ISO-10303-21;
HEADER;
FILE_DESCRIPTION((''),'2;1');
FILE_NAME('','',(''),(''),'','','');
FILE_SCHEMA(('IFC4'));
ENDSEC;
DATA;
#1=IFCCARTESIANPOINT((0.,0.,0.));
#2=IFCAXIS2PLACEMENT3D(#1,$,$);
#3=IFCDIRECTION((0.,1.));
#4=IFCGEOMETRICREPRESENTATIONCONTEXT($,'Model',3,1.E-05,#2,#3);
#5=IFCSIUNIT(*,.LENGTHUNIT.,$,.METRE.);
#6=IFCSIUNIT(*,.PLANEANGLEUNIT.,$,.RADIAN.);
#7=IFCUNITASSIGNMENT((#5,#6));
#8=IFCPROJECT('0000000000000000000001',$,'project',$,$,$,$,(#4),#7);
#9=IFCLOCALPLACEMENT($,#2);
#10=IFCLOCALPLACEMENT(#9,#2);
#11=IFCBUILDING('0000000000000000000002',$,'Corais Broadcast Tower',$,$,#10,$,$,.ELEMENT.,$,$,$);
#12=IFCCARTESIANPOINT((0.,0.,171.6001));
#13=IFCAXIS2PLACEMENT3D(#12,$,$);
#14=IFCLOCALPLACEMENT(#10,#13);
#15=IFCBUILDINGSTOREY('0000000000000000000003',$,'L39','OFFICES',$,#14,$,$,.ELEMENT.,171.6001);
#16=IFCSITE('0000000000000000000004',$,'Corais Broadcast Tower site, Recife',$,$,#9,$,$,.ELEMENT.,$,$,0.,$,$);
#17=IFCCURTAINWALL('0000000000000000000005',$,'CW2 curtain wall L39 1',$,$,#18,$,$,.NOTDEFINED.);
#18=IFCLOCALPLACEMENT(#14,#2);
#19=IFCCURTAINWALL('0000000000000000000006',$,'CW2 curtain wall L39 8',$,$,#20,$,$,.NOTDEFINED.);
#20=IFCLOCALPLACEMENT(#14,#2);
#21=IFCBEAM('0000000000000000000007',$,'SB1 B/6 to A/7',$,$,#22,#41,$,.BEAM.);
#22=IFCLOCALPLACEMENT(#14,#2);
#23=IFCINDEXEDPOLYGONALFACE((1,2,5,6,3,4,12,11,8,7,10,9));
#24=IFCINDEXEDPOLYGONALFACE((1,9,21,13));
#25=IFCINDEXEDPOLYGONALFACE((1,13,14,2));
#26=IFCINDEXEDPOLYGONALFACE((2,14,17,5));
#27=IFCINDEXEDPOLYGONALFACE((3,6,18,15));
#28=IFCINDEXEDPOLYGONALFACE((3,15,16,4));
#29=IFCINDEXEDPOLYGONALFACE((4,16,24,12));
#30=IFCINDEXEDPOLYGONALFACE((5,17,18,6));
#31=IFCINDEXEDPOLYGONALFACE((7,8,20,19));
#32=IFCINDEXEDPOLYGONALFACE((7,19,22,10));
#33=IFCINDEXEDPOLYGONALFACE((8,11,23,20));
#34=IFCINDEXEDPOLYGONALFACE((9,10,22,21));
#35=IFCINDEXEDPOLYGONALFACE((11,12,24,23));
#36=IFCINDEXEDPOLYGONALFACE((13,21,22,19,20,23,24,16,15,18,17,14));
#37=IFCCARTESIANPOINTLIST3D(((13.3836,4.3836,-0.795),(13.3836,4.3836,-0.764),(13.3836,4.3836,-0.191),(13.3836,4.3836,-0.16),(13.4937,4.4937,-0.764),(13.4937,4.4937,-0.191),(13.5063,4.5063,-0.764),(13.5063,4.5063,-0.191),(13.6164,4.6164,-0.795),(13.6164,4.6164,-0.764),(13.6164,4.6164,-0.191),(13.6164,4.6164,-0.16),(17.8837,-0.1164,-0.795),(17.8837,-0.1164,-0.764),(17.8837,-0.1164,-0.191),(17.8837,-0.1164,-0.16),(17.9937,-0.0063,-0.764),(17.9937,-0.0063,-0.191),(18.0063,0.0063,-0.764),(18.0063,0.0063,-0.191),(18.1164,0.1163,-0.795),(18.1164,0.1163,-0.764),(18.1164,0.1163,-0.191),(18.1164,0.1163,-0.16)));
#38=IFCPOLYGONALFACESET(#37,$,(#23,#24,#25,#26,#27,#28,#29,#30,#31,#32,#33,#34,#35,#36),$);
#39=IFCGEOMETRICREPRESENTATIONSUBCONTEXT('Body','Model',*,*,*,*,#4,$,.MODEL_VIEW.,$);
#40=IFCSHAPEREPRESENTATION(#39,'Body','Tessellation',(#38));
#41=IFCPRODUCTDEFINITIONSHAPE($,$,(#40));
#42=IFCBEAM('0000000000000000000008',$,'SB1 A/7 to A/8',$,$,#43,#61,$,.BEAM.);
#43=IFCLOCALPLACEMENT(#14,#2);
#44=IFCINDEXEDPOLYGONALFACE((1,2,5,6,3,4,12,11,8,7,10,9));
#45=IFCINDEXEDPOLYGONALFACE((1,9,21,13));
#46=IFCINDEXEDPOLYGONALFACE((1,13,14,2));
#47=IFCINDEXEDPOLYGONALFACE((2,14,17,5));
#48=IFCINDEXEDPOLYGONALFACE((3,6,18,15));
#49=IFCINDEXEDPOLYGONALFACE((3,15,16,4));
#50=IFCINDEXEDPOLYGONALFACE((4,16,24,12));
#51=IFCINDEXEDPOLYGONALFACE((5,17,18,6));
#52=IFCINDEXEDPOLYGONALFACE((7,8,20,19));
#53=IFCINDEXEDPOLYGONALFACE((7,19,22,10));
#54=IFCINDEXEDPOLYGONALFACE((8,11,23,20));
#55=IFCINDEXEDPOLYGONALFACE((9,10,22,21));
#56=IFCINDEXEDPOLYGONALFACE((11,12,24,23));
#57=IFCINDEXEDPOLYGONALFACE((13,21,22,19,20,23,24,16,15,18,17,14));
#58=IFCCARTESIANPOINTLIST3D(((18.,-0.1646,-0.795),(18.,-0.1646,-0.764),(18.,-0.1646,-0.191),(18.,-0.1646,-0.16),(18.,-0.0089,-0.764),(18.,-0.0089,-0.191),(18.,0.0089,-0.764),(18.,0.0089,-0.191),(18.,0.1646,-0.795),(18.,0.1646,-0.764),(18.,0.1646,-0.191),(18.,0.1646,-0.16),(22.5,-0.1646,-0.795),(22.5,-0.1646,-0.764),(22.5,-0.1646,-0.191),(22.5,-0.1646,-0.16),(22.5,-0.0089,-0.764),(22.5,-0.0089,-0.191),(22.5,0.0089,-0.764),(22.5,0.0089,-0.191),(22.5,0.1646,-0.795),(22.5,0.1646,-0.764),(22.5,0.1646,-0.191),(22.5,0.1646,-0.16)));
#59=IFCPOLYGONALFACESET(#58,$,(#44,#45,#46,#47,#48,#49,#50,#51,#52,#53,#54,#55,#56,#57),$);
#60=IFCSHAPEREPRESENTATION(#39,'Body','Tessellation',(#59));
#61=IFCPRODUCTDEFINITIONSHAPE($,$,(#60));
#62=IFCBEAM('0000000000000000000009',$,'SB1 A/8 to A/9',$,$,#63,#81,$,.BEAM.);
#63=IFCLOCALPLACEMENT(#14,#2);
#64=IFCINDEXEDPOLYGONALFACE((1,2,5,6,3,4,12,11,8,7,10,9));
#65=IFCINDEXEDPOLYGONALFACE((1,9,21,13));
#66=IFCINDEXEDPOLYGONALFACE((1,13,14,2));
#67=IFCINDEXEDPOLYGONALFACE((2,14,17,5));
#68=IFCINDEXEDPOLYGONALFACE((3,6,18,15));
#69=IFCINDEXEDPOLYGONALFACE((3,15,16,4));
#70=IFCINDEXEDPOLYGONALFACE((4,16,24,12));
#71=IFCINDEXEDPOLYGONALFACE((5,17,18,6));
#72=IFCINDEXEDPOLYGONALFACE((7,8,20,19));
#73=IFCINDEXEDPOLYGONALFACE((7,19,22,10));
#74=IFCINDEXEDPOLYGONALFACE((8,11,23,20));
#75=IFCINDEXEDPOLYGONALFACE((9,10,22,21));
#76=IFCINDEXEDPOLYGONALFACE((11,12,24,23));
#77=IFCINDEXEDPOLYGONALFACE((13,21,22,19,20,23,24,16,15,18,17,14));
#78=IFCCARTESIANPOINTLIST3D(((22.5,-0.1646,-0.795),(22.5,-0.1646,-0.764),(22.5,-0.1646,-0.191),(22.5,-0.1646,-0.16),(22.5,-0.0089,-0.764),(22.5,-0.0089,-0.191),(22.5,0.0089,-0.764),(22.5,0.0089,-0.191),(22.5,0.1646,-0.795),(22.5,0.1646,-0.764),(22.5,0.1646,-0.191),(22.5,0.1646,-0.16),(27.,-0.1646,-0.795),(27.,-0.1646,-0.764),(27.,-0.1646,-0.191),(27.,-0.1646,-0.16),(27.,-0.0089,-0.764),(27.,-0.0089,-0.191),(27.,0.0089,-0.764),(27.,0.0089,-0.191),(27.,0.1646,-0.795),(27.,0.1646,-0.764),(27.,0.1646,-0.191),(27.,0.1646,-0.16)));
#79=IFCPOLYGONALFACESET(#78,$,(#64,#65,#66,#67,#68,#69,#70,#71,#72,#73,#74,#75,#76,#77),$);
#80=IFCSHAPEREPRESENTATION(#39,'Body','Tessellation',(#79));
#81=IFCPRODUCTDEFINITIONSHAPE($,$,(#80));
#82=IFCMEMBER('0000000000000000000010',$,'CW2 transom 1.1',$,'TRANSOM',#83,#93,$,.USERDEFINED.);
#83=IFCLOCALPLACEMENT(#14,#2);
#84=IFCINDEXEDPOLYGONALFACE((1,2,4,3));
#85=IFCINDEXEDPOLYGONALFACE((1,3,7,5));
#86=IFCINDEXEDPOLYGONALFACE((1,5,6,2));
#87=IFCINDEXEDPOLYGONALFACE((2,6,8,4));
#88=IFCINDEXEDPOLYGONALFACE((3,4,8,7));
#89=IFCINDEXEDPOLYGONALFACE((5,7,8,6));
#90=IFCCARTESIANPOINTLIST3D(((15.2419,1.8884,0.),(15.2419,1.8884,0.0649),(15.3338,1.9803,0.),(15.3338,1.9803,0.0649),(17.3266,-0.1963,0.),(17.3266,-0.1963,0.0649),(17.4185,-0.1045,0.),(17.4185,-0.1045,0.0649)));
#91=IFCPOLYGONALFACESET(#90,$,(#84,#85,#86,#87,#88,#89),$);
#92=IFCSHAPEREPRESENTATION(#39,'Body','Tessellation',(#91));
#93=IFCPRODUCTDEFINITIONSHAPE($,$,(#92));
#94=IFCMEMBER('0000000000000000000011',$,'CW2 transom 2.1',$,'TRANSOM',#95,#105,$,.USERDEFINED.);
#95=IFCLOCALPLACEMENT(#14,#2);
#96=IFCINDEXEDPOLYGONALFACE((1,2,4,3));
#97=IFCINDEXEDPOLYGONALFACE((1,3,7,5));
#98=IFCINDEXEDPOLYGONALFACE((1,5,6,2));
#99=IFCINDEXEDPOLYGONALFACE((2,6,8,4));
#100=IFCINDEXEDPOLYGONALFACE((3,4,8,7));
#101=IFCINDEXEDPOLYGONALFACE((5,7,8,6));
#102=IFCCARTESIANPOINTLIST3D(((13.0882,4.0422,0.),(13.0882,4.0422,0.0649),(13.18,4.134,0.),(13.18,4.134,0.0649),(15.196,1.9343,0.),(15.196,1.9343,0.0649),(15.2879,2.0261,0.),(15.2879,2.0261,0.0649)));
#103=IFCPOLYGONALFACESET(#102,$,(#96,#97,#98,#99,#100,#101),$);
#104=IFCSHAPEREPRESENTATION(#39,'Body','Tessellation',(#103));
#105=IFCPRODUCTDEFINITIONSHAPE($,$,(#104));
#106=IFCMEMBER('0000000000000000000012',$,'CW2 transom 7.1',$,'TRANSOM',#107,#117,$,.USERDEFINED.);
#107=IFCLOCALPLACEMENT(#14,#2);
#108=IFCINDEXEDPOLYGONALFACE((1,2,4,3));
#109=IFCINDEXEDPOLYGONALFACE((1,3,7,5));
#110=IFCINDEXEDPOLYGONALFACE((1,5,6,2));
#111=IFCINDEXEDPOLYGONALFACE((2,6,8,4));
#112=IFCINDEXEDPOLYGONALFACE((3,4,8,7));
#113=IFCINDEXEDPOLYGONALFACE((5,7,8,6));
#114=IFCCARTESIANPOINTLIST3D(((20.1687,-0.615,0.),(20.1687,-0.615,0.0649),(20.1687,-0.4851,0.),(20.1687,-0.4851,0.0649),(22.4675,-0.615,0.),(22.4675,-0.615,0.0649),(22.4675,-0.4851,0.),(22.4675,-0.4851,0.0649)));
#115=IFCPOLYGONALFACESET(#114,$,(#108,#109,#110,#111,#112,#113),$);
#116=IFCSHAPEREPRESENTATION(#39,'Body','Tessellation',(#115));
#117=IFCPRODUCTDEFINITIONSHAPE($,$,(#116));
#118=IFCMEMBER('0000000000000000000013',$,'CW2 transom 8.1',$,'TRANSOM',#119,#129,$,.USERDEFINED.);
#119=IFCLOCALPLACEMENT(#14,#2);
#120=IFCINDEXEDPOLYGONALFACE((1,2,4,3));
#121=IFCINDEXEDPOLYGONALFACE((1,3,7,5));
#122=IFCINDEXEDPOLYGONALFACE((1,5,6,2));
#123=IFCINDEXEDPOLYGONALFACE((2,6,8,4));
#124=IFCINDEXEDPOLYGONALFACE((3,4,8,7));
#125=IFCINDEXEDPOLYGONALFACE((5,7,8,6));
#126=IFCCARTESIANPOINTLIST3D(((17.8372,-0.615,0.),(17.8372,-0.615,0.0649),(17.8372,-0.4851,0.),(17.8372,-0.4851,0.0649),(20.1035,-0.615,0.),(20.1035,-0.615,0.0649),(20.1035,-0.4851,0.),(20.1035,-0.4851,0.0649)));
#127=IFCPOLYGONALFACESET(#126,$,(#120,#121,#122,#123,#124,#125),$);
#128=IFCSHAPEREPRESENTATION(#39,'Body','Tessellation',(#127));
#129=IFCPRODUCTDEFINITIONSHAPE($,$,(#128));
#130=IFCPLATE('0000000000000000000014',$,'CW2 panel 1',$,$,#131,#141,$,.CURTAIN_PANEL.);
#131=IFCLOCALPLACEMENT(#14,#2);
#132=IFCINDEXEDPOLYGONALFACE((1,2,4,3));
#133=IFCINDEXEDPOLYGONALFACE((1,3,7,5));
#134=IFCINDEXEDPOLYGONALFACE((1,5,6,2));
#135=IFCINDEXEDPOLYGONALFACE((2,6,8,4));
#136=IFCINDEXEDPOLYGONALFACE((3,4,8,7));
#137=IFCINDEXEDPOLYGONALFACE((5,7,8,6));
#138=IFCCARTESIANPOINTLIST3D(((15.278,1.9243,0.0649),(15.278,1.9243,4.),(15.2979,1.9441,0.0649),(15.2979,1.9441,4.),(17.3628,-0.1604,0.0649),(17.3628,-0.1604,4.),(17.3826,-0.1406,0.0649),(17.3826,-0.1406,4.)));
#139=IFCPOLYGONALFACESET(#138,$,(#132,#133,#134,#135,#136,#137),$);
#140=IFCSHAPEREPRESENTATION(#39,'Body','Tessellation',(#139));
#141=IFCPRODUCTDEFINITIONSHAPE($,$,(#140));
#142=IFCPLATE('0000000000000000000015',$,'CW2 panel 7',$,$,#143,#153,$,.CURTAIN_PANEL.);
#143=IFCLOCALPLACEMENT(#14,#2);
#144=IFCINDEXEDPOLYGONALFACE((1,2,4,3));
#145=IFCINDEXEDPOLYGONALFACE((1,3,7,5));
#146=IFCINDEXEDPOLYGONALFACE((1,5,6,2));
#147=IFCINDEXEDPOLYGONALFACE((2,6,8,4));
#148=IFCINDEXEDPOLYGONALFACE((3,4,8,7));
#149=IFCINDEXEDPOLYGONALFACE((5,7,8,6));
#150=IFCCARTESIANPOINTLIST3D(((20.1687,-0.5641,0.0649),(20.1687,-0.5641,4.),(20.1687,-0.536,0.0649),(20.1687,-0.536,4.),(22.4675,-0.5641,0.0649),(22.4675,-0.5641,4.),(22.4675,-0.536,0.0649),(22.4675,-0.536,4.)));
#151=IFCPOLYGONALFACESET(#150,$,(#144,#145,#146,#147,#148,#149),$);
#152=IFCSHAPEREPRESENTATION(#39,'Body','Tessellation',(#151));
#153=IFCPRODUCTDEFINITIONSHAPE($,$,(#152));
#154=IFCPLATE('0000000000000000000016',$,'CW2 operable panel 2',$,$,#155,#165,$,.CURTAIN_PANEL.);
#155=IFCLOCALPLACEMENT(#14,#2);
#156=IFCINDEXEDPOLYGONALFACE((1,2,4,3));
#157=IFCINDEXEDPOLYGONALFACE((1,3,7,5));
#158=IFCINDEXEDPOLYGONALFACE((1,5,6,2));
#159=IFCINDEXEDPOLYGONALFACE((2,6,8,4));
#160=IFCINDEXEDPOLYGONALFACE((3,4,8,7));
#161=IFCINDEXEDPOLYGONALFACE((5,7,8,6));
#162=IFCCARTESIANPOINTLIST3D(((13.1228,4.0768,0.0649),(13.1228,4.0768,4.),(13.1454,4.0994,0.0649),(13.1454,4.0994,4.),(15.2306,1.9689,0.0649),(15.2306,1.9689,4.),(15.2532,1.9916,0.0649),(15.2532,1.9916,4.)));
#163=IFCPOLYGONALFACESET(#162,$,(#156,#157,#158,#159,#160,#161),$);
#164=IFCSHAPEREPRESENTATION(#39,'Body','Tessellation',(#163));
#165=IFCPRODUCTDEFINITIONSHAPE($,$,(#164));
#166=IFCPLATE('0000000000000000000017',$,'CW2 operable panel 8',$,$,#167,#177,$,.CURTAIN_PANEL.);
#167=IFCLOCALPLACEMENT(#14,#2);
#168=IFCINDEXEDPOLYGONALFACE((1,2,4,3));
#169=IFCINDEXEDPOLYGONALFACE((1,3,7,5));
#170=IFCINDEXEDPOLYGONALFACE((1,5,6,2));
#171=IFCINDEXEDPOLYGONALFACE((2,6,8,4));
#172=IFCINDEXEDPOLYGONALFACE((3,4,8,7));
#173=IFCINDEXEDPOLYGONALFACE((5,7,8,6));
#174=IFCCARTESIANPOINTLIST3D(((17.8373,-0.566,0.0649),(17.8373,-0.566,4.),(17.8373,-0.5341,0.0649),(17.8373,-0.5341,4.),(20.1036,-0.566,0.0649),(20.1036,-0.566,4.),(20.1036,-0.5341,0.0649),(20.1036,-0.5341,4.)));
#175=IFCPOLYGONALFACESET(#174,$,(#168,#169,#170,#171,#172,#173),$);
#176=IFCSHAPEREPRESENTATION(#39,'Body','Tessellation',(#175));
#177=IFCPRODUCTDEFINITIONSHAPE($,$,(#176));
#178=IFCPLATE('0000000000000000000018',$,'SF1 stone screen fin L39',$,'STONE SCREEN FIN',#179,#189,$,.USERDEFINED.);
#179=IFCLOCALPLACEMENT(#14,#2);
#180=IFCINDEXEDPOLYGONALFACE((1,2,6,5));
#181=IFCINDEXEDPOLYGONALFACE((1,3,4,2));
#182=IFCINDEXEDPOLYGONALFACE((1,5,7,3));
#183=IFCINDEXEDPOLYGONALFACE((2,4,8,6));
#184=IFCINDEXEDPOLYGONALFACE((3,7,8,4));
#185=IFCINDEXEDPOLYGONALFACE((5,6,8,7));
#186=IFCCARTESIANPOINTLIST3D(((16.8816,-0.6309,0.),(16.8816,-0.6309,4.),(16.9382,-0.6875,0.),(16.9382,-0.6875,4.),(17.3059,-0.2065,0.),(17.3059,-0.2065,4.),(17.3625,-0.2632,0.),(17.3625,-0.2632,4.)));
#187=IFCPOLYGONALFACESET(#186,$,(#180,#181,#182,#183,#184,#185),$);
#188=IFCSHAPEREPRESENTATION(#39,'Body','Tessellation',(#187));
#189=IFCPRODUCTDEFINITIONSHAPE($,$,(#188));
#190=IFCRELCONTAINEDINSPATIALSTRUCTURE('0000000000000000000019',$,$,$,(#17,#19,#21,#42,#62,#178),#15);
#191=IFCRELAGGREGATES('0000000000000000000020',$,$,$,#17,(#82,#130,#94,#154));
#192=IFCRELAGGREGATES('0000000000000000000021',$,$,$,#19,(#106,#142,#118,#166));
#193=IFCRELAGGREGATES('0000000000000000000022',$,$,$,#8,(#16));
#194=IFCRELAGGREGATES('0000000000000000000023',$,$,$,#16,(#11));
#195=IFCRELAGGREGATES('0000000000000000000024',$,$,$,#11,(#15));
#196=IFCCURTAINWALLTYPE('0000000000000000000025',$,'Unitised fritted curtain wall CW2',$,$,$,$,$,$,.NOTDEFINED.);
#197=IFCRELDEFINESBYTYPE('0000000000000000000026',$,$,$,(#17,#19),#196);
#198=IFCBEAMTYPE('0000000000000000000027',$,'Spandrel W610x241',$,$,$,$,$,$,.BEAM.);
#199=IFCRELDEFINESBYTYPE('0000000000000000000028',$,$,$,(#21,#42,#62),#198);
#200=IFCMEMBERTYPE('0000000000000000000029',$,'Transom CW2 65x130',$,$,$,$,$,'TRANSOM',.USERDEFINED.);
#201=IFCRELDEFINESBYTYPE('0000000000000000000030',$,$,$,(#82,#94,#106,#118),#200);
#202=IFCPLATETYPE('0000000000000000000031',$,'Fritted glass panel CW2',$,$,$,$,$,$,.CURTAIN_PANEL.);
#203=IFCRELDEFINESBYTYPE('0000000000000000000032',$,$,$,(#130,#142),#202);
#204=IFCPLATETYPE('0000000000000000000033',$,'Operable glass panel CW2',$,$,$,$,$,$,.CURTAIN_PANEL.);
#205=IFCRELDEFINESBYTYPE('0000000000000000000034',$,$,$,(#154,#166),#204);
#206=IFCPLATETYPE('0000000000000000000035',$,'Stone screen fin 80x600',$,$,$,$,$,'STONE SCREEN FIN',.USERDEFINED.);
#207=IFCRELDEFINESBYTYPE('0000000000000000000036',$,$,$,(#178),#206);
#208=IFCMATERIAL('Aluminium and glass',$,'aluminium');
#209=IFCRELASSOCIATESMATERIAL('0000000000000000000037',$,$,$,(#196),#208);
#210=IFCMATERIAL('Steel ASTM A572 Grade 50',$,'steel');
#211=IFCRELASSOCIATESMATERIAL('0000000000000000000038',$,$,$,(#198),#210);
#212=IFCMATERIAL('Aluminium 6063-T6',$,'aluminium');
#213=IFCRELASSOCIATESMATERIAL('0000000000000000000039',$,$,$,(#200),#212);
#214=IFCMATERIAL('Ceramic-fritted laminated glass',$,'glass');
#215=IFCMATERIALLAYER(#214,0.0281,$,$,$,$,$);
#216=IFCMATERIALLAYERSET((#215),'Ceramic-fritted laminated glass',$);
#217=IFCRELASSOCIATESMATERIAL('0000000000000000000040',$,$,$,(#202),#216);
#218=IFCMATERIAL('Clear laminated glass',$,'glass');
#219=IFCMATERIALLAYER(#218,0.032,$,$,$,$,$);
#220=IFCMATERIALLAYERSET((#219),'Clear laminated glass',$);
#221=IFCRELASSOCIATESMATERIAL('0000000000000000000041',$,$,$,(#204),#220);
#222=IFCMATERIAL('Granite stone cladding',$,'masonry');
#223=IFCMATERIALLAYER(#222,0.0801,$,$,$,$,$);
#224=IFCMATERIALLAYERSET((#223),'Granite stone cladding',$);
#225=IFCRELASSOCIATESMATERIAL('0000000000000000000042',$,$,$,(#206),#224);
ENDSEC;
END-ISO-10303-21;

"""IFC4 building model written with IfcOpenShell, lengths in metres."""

from ifc_helpers import new_model, si_unit, direction, frame, origin, origin_2d, place, context, subcontext, project, spatial, rectangle, i_section, extrude, material, layer, layer_set, material_profile, profile_set, type_object, element, aggregate, save


model = new_model("IFC4")

# Units and contexts
model_context = context("Model", 3, precision=1e-05, world=origin(), true_north=direction((0.0, 1.0)))
body_context = subcontext(model_context, "Body", "Model", "MODEL_VIEW")
ifc_project = project(units=[si_unit("LENGTHUNIT", "METRE"), si_unit("PLANEANGLEUNIT", "RADIAN")], contexts=[model_context])

# Site, building, storey
site_placement = place(None, origin())
site = spatial("IfcSite", under=ifc_project, at=site_placement, Name="Corais Broadcast Tower site, Recife", CompositionType="ELEMENT", RefElevation=0.0)
building_placement = place(site_placement, origin())
building = spatial("IfcBuilding", under=site, at=building_placement, Name="Corais Broadcast Tower", CompositionType="ELEMENT")
storey_placement = place(building_placement, frame((0.0, 0.0, 171.6001)))
storey = spatial("IfcBuildingStorey", under=building, at=storey_placement, Name="L39", Description="OFFICES", CompositionType="ELEMENT", Elevation=171.6001)

# Curtain walls
ifc_material_1 = material(Name="Aluminium and glass", Category="aluminium")
curtain_wall_type = type_object("IfcCurtainWallType", Name="Unitised fritted curtain wall CW2", PredefinedType="NOTDEFINED", material=ifc_material_1)
curtain_wall_1_placement = place(storey_placement, origin())
curtain_wall_1 = element("IfcCurtainWall", 1, at=curtain_wall_1_placement, inside=storey, type_object=curtain_wall_type, Name="CW2 curtain wall L39 1", PredefinedType="NOTDEFINED")
curtain_wall_2_placement = place(storey_placement, origin())
curtain_wall_2 = element("IfcCurtainWall", 2, at=curtain_wall_2_placement, inside=storey, type_object=curtain_wall_type, Name="CW2 curtain wall L39 8", PredefinedType="NOTDEFINED")

# Beams
ifc_material_2 = material(Name="Steel ASTM A572 Grade 50", Category="steel")
ifc_material_profile_1 = material_profile(ifc_material_2, i_section(OverallWidth=0.3291, OverallDepth=0.635, WebThickness=0.0178, FlangeThickness=0.031, at=origin_2d()), Name="W610x241")
ifc_profile_set_1 = profile_set([ifc_material_profile_1], Name="Steel ASTM A572 Grade 50")
beam_type_1 = type_object("IfcBeamType", Name="Spandrel W610x241", PredefinedType="BEAM", material=ifc_profile_set_1)
beam_1_placement = place(storey_placement, frame((13.5, 4.5, -0.4775), z_axis=(0.707107, -0.707107, 0.0), x_axis=(0.707107, 0.707107, 0.0)))
element("IfcBeam", 3, at=beam_1_placement, inside=storey, type_object=beam_type_1, Name="SB1 B/6 to A/7", PredefinedType="BEAM", context=body_context, shape_type="SweptSolid", body=[
    extrude(i_section(OverallWidth=0.3291, OverallDepth=0.635, WebThickness=0.0178, FlangeThickness=0.031, at=origin_2d()), origin(), (0.0, 0.0, 1.0), 6.364),
])
for number, where, z_axis, x_axis, name in (
    (4, (18.0, 0.0, -0.4775), (1.0, 0.0, 0.0), (0.0, 1.0, 0.0), "SB1 A/7 to A/8"),
    (5, (22.5, 0.0, -0.4775), (1.0, 0.0, 0.0), (0.0, 1.0, 0.0), "SB1 A/8 to A/9"),
):
    element("IfcBeam", number, at=place(storey_placement, frame(where, z_axis=z_axis, x_axis=x_axis)), inside=storey, type_object=beam_type_1, Name=name, PredefinedType="BEAM", context=body_context, shape_type="SweptSolid", body=[
        extrude(i_section(OverallWidth=0.3291, OverallDepth=0.635, WebThickness=0.0178, FlangeThickness=0.031, at=origin_2d()), origin(), (0.0, 0.0, 1.0), 4.5),
    ])

# Members
ifc_material_3 = material(Name="Aluminium 6063-T6", Category="aluminium")
ifc_material_profile_2 = material_profile(ifc_material_3, rectangle(XDim=0.1299, YDim=0.0649, at=origin_2d()), Name="Transom CW2 65x130")
ifc_profile_set_2 = profile_set([ifc_material_profile_2], Name="Aluminium 6063-T6")
member_type_1 = type_object("IfcMemberType", Name="Transom CW2 65x130", ElementType="TRANSOM", PredefinedType="USERDEFINED", material=ifc_profile_set_2)
member_1_placement = place(storey_placement, frame((17.3726, -0.1504, 0.0325), z_axis=(-0.707107, 0.707107, 0.0), x_axis=(-0.707107, -0.707107, 0.0)))
member_1 = element("IfcMember", 6, at=member_1_placement, type_object=member_type_1, Name="CW2 transom 1.1", ObjectType="TRANSOM", PredefinedType="USERDEFINED", context=body_context, shape_type="SweptSolid", body=[
    extrude(rectangle(XDim=0.1299, YDim=0.0649, at=origin_2d()), origin(), (0.0, 0.0, 1.0), 2.9482),
])
member_2_placement = place(storey_placement, frame((15.2419, 1.9802, 0.0325), z_axis=(-0.707107, 0.707107, 0.0), x_axis=(-0.707107, -0.707107, 0.0)))
member_2 = element("IfcMember", 7, at=member_2_placement, type_object=member_type_1, Name="CW2 transom 2.1", ObjectType="TRANSOM", PredefinedType="USERDEFINED", context=body_context, shape_type="SweptSolid", body=[
    extrude(rectangle(XDim=0.1299, YDim=0.0649, at=origin_2d()), origin(), (0.0, 0.0, 1.0), 2.981),
])
member_3_placement = place(storey_placement, frame((22.4675, -0.55, 0.0325), z_axis=(-1.0, 0.0, 0.0), x_axis=(0.0, -1.0, 0.0)))
member_3 = element("IfcMember", 8, at=member_3_placement, type_object=member_type_1, Name="CW2 transom 7.1", ObjectType="TRANSOM", PredefinedType="USERDEFINED", context=body_context, shape_type="SweptSolid", body=[
    extrude(rectangle(XDim=0.1299, YDim=0.0649, at=origin_2d()), origin(), (0.0, 0.0, 1.0), 2.2988),
])
member_4_placement = place(storey_placement, frame((20.1035, -0.55, 0.0325), z_axis=(-1.0, 0.0, 0.0), x_axis=(0.0, -1.0, 0.0)))
member_4 = element("IfcMember", 9, at=member_4_placement, type_object=member_type_1, Name="CW2 transom 8.1", ObjectType="TRANSOM", PredefinedType="USERDEFINED", context=body_context, shape_type="SweptSolid", body=[
    extrude(rectangle(XDim=0.1299, YDim=0.0649, at=origin_2d()), origin(), (0.0, 0.0, 1.0), 2.2664),
])

# Plates
ifc_material_4 = material(Name="Ceramic-fritted laminated glass", Category="glass")
ifc_layer_1 = layer(ifc_material_4, 0.0281)
ifc_layer_set_1 = layer_set([ifc_layer_1], Name="Ceramic-fritted laminated glass")
plate_type_1 = type_object("IfcPlateType", Name="Fritted glass panel CW2", PredefinedType="CURTAIN_PANEL", material=ifc_layer_set_1)
plate_1_placement = place(storey_placement, frame((16.3303, 0.8918, 0.0649), z_axis=(0.0, 0.0, 1.0), x_axis=(-0.707107, 0.707107, 0.0)))
plate_1 = element("IfcPlate", 10, at=plate_1_placement, type_object=plate_type_1, Name="CW2 panel 1", PredefinedType="CURTAIN_PANEL", context=body_context, shape_type="SweptSolid", body=[
    extrude(rectangle(XDim=2.9482, YDim=0.0281, at=origin_2d()), origin(), (0.0, 0.0, 1.0), 3.9351),
])
plate_2_placement = place(storey_placement, frame((21.3181, -0.55, 0.0649), z_axis=(0.0, 0.0, 1.0), x_axis=(-1.0, 0.0, 0.0)))
plate_2 = element("IfcPlate", 11, at=plate_2_placement, type_object=plate_type_1, Name="CW2 panel 7", PredefinedType="CURTAIN_PANEL", context=body_context, shape_type="SweptSolid", body=[
    extrude(rectangle(XDim=2.2988, YDim=0.0281, at=origin_2d()), origin(), (0.0, 0.0, 1.0), 3.9351),
])
ifc_material_5 = material(Name="Clear laminated glass", Category="glass")
ifc_layer_2 = layer(ifc_material_5, 0.032)
ifc_layer_set_2 = layer_set([ifc_layer_2], Name="Clear laminated glass")
plate_type_2 = type_object("IfcPlateType", Name="Operable glass panel CW2", PredefinedType="CURTAIN_PANEL", material=ifc_layer_set_2)
plate_3_placement = place(storey_placement, frame((14.188, 3.0342, 0.0649), z_axis=(0.0, 0.0, 1.0), x_axis=(-0.707107, 0.707107, 0.0)))
plate_3 = element("IfcPlate", 12, at=plate_3_placement, type_object=plate_type_2, Name="CW2 operable panel 2", PredefinedType="CURTAIN_PANEL", context=body_context, shape_type="SweptSolid", body=[
    extrude(rectangle(XDim=2.981, YDim=0.032, at=origin_2d()), origin(), (0.0, 0.0, 1.0), 3.9351),
])
aggregate(curtain_wall_1, [member_1, plate_1, member_2, plate_3])
plate_4_placement = place(storey_placement, frame((18.9705, -0.55, 0.0649), z_axis=(0.0, 0.0, 1.0), x_axis=(-1.0, 0.0, 0.0)))
plate_4 = element("IfcPlate", 13, at=plate_4_placement, type_object=plate_type_2, Name="CW2 operable panel 8", PredefinedType="CURTAIN_PANEL", context=body_context, shape_type="SweptSolid", body=[
    extrude(rectangle(XDim=2.2664, YDim=0.032, at=origin_2d()), origin(), (0.0, 0.0, 1.0), 3.9351),
])
aggregate(curtain_wall_2, [member_3, plate_2, member_4, plate_4])
ifc_material_6 = material(Name="Granite stone cladding", Category="masonry")
ifc_layer_3 = layer(ifc_material_6, 0.0801)
ifc_layer_set_3 = layer_set([ifc_layer_3], Name="Granite stone cladding")
plate_type_3 = type_object("IfcPlateType", Name="Stone screen fin 80x600", ElementType="STONE SCREEN FIN", PredefinedType="USERDEFINED", material=ifc_layer_set_3)
plate_5_placement = place(storey_placement, frame((17.1221, -0.447, 0.0), z_axis=(0.0, 0.0, 1.0), x_axis=(-0.707107, 0.707107, 0.0)))
element("IfcPlate", 14, at=plate_5_placement, inside=storey, type_object=plate_type_3, Name="SF1 stone screen fin L39", ObjectType="STONE SCREEN FIN", PredefinedType="USERDEFINED", context=body_context, shape_type="SweptSolid", body=[
    extrude(rectangle(XDim=0.0801, YDim=0.6001, at=origin_2d()), origin(), (0.0, 0.0, 1.0), 4.0),
])

save(model, "model.ifc")
